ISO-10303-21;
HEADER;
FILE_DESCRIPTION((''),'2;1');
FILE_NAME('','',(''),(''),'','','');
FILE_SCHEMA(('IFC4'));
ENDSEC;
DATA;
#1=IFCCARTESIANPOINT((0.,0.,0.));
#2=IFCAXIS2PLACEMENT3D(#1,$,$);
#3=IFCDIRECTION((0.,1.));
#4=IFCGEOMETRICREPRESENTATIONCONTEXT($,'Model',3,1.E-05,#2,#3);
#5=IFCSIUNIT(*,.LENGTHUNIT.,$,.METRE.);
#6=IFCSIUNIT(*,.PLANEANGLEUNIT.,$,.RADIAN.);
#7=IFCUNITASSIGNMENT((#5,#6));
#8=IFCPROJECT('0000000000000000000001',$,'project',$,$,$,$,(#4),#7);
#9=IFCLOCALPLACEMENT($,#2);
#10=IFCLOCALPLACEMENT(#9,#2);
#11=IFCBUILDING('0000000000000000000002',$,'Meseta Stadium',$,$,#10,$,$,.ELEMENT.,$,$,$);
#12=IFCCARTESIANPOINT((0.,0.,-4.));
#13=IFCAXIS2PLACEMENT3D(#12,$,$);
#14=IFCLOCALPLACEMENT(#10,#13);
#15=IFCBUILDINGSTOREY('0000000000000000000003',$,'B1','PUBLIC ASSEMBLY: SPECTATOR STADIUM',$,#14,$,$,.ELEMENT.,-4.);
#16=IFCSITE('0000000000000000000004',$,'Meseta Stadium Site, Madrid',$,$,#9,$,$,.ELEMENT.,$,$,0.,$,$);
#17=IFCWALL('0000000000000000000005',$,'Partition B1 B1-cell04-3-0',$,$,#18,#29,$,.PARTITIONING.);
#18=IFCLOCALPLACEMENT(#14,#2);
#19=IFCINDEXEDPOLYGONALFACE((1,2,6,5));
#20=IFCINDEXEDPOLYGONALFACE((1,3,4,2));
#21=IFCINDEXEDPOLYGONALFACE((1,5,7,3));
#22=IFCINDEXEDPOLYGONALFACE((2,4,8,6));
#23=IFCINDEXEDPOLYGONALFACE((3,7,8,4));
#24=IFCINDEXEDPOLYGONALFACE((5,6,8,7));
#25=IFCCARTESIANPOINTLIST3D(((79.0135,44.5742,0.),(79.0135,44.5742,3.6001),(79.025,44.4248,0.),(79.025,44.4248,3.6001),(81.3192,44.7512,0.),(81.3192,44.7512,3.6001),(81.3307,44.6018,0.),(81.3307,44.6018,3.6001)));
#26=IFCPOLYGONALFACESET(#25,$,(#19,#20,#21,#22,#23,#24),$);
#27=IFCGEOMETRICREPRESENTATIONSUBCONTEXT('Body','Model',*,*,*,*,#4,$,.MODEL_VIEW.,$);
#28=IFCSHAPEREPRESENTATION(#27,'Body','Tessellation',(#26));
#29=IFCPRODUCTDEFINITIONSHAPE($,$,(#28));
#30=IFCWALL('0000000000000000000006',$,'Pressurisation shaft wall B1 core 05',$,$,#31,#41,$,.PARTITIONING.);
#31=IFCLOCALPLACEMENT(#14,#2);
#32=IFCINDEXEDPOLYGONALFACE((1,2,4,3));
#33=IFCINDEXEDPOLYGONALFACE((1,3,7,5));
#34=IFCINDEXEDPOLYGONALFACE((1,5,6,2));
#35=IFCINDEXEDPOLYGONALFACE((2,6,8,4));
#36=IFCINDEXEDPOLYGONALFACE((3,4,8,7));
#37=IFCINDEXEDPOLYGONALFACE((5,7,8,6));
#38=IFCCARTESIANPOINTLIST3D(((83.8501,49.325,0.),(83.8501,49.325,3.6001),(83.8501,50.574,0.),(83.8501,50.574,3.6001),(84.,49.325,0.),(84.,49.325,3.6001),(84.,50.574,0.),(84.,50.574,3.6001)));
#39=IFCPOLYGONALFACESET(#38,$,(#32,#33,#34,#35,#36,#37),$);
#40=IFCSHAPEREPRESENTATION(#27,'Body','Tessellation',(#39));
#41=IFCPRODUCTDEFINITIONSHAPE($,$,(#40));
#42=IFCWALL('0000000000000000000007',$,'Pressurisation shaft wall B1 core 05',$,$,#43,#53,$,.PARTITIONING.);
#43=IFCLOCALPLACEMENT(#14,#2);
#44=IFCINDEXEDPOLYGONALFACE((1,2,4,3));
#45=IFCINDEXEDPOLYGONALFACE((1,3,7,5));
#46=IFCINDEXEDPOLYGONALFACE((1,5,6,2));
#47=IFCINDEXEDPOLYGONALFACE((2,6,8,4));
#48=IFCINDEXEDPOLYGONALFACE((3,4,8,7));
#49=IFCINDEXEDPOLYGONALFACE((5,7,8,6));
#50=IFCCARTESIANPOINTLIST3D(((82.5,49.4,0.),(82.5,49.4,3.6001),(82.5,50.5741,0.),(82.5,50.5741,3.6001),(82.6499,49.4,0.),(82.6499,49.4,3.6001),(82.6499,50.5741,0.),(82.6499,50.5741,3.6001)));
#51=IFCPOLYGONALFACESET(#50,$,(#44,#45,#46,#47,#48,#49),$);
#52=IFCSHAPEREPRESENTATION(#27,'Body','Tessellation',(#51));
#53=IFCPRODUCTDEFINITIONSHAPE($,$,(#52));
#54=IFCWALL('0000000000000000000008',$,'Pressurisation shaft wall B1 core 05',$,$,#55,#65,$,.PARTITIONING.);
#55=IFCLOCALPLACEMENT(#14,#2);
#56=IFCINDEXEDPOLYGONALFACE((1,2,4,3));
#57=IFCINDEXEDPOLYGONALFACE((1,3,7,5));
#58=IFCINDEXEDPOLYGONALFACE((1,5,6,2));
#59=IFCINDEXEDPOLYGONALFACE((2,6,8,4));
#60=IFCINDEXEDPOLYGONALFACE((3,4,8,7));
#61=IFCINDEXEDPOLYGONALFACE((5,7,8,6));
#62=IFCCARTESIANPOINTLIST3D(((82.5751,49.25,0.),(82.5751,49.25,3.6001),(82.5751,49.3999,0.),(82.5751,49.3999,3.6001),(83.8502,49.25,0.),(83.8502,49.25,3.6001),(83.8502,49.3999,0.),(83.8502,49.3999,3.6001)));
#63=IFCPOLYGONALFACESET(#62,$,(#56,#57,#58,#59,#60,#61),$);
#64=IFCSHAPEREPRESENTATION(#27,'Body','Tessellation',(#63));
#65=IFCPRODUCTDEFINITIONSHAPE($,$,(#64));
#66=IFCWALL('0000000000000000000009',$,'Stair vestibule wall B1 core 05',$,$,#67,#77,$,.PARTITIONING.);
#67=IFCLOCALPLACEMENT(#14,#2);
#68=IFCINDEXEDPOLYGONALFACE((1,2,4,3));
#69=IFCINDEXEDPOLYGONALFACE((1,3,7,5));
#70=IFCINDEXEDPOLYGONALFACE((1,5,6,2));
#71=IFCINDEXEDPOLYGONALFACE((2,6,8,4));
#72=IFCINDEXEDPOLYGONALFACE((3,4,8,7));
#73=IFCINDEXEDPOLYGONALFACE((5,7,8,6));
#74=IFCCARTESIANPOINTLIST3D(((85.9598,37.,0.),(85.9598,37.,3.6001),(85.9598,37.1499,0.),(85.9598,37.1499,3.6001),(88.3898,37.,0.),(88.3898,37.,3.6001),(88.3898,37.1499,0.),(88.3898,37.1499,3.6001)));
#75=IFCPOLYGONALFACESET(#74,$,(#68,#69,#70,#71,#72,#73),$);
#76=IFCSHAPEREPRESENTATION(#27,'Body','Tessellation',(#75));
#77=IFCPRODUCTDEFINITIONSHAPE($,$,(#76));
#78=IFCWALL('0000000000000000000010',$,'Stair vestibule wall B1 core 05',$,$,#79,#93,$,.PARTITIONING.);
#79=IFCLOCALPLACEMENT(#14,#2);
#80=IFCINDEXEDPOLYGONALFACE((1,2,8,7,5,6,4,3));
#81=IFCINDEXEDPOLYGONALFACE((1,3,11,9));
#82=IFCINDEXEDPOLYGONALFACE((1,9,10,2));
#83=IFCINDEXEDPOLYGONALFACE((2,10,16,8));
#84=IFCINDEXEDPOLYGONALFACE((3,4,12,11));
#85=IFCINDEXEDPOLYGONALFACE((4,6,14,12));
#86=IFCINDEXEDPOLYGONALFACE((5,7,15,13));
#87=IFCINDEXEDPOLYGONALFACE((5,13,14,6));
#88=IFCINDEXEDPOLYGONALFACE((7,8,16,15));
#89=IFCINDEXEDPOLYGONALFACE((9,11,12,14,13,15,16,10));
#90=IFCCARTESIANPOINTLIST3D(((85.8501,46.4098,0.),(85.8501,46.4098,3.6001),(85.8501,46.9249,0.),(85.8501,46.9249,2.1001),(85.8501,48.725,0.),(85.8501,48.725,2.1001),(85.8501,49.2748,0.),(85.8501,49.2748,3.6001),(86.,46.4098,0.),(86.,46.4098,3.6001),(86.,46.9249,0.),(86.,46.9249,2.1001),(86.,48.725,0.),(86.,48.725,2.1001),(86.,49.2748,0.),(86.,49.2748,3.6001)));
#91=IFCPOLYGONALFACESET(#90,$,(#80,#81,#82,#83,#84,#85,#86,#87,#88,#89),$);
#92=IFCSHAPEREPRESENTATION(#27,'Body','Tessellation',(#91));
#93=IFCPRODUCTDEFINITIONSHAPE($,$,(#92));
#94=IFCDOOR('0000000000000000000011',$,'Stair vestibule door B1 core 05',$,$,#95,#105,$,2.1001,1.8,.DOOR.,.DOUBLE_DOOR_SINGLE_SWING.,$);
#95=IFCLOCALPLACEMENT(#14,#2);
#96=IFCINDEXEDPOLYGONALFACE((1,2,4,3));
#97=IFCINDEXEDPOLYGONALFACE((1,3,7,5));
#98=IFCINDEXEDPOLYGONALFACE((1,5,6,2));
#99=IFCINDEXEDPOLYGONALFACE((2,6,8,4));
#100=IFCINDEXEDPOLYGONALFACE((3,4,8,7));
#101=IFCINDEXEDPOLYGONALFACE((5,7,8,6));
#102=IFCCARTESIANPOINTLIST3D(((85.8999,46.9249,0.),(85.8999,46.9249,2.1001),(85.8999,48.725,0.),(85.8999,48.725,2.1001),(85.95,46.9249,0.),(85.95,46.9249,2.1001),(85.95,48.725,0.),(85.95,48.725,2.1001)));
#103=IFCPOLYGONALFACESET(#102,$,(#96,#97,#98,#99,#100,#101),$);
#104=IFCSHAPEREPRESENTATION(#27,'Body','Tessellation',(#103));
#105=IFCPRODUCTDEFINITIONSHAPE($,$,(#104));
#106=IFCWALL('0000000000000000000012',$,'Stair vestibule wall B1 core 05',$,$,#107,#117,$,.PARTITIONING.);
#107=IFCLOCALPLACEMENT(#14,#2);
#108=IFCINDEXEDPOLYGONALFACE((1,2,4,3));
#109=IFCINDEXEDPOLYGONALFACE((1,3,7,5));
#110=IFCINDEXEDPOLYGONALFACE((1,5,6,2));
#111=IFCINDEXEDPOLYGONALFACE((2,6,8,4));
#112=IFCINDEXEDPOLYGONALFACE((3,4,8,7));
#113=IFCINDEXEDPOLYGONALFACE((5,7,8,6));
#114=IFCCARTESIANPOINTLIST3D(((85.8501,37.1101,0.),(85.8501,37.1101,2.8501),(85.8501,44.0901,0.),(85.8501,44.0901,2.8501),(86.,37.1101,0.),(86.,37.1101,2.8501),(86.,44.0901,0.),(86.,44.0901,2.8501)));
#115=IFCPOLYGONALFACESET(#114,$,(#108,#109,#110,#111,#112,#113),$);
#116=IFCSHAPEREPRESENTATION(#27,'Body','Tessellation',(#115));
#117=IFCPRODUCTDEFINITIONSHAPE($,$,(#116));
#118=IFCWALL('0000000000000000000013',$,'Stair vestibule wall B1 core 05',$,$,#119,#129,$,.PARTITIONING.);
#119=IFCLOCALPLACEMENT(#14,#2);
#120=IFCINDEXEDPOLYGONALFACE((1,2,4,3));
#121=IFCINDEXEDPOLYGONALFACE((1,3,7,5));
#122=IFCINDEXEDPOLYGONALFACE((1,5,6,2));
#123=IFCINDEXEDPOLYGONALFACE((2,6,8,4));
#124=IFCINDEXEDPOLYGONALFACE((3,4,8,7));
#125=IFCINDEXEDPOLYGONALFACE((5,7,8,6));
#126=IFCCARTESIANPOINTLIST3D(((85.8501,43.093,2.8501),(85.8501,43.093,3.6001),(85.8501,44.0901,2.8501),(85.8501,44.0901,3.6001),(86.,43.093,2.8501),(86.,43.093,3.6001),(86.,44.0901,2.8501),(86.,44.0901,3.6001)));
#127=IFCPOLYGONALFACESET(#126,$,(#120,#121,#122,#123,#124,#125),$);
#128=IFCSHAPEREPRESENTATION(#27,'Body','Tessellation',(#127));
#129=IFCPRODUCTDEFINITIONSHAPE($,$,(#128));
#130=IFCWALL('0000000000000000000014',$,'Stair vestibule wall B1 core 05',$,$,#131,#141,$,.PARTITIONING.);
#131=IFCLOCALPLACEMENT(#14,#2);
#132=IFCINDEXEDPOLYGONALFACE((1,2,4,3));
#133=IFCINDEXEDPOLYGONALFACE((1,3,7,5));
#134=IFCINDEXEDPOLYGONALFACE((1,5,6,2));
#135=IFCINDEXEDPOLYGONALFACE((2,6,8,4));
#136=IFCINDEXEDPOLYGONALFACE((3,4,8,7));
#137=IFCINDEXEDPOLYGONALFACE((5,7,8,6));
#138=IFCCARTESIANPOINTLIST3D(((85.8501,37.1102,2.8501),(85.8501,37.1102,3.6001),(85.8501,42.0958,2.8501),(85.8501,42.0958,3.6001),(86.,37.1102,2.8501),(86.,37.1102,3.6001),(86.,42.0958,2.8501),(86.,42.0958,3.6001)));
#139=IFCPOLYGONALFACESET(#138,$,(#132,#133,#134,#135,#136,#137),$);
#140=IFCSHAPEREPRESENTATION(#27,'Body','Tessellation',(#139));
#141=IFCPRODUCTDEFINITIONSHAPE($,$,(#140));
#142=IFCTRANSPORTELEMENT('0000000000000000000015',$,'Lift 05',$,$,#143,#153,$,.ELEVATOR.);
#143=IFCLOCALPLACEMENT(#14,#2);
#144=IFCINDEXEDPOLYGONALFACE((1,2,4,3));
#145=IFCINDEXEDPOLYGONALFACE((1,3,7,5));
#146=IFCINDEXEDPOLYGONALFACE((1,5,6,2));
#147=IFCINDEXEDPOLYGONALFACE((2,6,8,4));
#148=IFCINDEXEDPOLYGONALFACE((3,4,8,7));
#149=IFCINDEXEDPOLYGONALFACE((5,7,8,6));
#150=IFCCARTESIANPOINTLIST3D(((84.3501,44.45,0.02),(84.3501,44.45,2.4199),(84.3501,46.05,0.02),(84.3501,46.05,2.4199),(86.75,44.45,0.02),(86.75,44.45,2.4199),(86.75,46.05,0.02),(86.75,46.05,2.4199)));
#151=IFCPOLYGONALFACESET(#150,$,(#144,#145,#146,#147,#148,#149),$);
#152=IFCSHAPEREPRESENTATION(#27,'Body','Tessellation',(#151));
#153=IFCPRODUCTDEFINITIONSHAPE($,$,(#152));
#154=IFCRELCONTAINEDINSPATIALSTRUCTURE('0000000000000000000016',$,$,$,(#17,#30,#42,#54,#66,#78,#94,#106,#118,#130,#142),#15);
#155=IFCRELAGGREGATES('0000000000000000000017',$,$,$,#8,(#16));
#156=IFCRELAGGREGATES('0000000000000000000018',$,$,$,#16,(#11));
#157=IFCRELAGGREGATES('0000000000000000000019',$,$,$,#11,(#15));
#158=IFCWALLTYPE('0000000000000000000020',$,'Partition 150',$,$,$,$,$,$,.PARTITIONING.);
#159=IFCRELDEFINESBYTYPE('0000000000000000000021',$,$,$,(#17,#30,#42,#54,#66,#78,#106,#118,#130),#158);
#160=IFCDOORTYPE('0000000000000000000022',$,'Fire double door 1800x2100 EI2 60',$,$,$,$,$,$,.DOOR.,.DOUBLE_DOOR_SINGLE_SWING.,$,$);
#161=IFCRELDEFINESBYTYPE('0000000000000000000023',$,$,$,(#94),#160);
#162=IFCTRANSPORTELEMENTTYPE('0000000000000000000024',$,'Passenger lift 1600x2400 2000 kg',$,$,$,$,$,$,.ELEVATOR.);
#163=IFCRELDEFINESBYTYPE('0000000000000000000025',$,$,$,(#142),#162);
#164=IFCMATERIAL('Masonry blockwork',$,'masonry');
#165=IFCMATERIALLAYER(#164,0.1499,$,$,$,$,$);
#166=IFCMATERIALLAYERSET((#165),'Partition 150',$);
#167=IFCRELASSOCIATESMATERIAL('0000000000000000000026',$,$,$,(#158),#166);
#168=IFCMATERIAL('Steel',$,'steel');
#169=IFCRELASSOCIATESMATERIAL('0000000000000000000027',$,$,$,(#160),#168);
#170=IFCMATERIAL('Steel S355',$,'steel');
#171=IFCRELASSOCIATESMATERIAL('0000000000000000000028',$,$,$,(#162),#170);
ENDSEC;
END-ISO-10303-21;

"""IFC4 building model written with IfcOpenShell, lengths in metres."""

from ifc_helpers import new_model, si_unit, direction, frame, frame_2d, origin, origin_2d, place, context, subcontext, project, spatial, rectangle, extrude, material, layer, layer_set, type_object, element, fill, save


model = new_model("IFC4")

# Units and contexts
model_context = context("Model", 3, precision=1e-05, world=origin(), true_north=direction((0.0, 1.0)))
body_context = subcontext(model_context, "Body", "Model", "MODEL_VIEW")
ifc_project = project(units=[si_unit("LENGTHUNIT", "METRE"), si_unit("PLANEANGLEUNIT", "RADIAN")], contexts=[model_context])

# Site, building, storey
site_placement = place(None, origin())
site = spatial("IfcSite", under=ifc_project, at=site_placement, Name="Meseta Stadium Site, Madrid", CompositionType="ELEMENT", RefElevation=0.0)
building_placement = place(site_placement, origin())
building = spatial("IfcBuilding", under=site, at=building_placement, Name="Meseta Stadium", CompositionType="ELEMENT")
storey_placement = place(building_placement, frame((0.0, 0.0, -4.0)))
storey = spatial("IfcBuildingStorey", under=building, at=storey_placement, Name="B1", Description="PUBLIC ASSEMBLY: SPECTATOR STADIUM", CompositionType="ELEMENT", Elevation=-4.0)

# Walls
ifc_material_1 = material(Name="Masonry blockwork", Category="masonry")
ifc_layer_1 = layer(ifc_material_1, 0.1499)
ifc_layer_set_1 = layer_set([ifc_layer_1], Name="Partition 150")
wall_type_1 = type_object("IfcWallType", Name="Partition 150", PredefinedType="PARTITIONING", material=ifc_layer_set_1)
wall_1_placement = place(storey_placement, frame((81.325, 44.6765, 0.0), z_axis=(0.0, 0.0, 1.0), x_axis=(-0.997066, -0.076543, 0.0)))
element("IfcWall", 1, at=wall_1_placement, inside=storey, type_object=wall_type_1, Name="Partition B1 B1-cell04-3-0", PredefinedType="PARTITIONING", context=body_context, shape_type="SweptSolid", body=[
    extrude(rectangle(XDim=2.3125, YDim=0.1499, at=frame_2d((1.1562, 0.0))), origin(), (0.0, 0.0, 1.0), 3.6001),
])
wall_2_placement = place(storey_placement, frame((83.925, 49.325, 0.0), z_axis=(0.0, 0.0, 1.0), x_axis=(0.0, 1.0, 0.0)))
element("IfcWall", 2, at=wall_2_placement, inside=storey, type_object=wall_type_1, Name="Pressurisation shaft wall B1 core 05", PredefinedType="PARTITIONING", context=body_context, shape_type="SweptSolid", body=[
    extrude(rectangle(XDim=1.249, YDim=0.1499, at=frame_2d((0.6245, 0.0))), origin(), (0.0, 0.0, 1.0), 3.6001),
])
wall_3_placement = place(storey_placement, frame((82.575, 50.574, 0.0), z_axis=(0.0, 0.0, 1.0), x_axis=(0.0, -1.0, 0.0)))
element("IfcWall", 3, at=wall_3_placement, inside=storey, type_object=wall_type_1, Name="Pressurisation shaft wall B1 core 05", PredefinedType="PARTITIONING", context=body_context, shape_type="SweptSolid", body=[
    extrude(rectangle(XDim=1.1741, YDim=0.1499, at=frame_2d((0.5869, 0.0))), origin(), (0.0, 0.0, 1.0), 3.6001),
])
wall_4_placement = place(storey_placement, frame((82.575, 49.325, 0.0), z_axis=(0.0, 0.0, 1.0), x_axis=(1.0, 0.0, 0.0)))
element("IfcWall", 4, at=wall_4_placement, inside=storey, type_object=wall_type_1, Name="Pressurisation shaft wall B1 core 05", PredefinedType="PARTITIONING", context=body_context, shape_type="SweptSolid", body=[
    extrude(rectangle(XDim=1.2751, YDim=0.1499, at=frame_2d((0.6377, 0.0))), origin(), (0.0, 0.0, 1.0), 3.6001),
])
wall_5_placement = place(storey_placement, frame((85.96, 37.075, 0.0), z_axis=(0.0, 0.0, 1.0), x_axis=(1.0, 0.0, 0.0)))
element("IfcWall", 5, at=wall_5_placement, inside=storey, type_object=wall_type_1, Name="Stair vestibule wall B1 core 05", PredefinedType="PARTITIONING", context=body_context, shape_type="SweptSolid", body=[
    extrude(rectangle(XDim=2.4299, YDim=0.1499, at=frame_2d((1.2148, 0.0))), origin(), (0.0, 0.0, 1.0), 3.6001),
])

# Wall, opening, door
wall_6_placement = place(storey_placement, frame((85.925, 49.2749, 0.0), z_axis=(0.0, 0.0, 1.0), x_axis=(0.0, -1.0, 0.0)))
wall_6 = element("IfcWall", 6, at=wall_6_placement, inside=storey, type_object=wall_type_1, Name="Stair vestibule wall B1 core 05", PredefinedType="PARTITIONING", context=body_context, shape_type="SweptSolid", body=[
    extrude(rectangle(XDim=2.865, YDim=0.1499, at=frame_2d((1.4326, 0.0))), origin(), (0.0, 0.0, 1.0), 3.6001),
])
opening_1_placement = place(wall_6_placement, frame((0.55, 0.0, 0.0)))
opening_1 = element("IfcOpeningElement", 7, at=opening_1_placement, cuts=wall_6, PredefinedType="OPENING", context=body_context, shape_type="SweptSolid", body=[
    extrude(rectangle(XDim=1.8, YDim=2.1001, at=frame_2d((0.8999, 1.05))), frame((0.0, 0.085, 0.0), z_axis=(0.0, -1.0, 0.0), x_axis=(1.0, 0.0, 0.0)), (0.0, 0.0, 1.0), 0.1699),
])
ifc_material_2 = material(Name="Steel", Category="steel")
door_type_1 = type_object("IfcDoorType", Name="Fire double door 1800x2100 EI2 60", OperationType="DOUBLE_DOOR_SINGLE_SWING", PredefinedType="DOOR", material=ifc_material_2)
door_1_placement = place(opening_1_placement, origin())
door_1 = element("IfcDoor", 8, at=door_1_placement, inside=storey, type_object=door_type_1, Name="Stair vestibule door B1 core 05", OperationType="DOUBLE_DOOR_SINGLE_SWING", OverallHeight=2.1001, OverallWidth=1.8, PredefinedType="DOOR", context=body_context, shape_type="SweptSolid", body=[
    extrude(rectangle(XDim=1.8, YDim=2.1001, at=frame_2d((0.8999, 1.05))), frame((0.0, 0.0249, 0.0), z_axis=(0.0, -1.0, 0.0), x_axis=(1.0, 0.0, 0.0)), (0.0, 0.0, 1.0), 0.05),
])
fill(opening_1, door_1)

# Walls
wall_7_placement = place(storey_placement, frame((85.925, 44.0901, 0.0), z_axis=(0.0, 0.0, 1.0), x_axis=(0.0, -1.0, 0.0)))
element("IfcWall", 9, at=wall_7_placement, inside=storey, type_object=wall_type_1, Name="Stair vestibule wall B1 core 05", PredefinedType="PARTITIONING", context=body_context, shape_type="SweptSolid", body=[
    extrude(rectangle(XDim=6.98, YDim=0.1499, at=frame_2d((3.49, 0.0))), origin(), (0.0, 0.0, 1.0), 2.8501),
])
wall_8_placement = place(storey_placement, frame((85.925, 44.0901, 2.8501), z_axis=(0.0, 0.0, 1.0), x_axis=(0.0, -1.0, 0.0)))
element("IfcWall", 10, at=wall_8_placement, inside=storey, type_object=wall_type_1, Name="Stair vestibule wall B1 core 05", PredefinedType="PARTITIONING", context=body_context, shape_type="SweptSolid", body=[
    extrude(rectangle(XDim=0.9971, YDim=0.1499, at=frame_2d((0.4985, 0.0))), origin(), (0.0, 0.0, 1.0), 0.75),
])
wall_9_placement = place(storey_placement, frame((85.925, 42.0957, 2.8501), z_axis=(0.0, 0.0, 1.0), x_axis=(0.0, -1.0, 0.0)))
element("IfcWall", 11, at=wall_9_placement, inside=storey, type_object=wall_type_1, Name="Stair vestibule wall B1 core 05", PredefinedType="PARTITIONING", context=body_context, shape_type="SweptSolid", body=[
    extrude(rectangle(XDim=4.9856, YDim=0.1499, at=frame_2d((2.4927, 0.0))), origin(), (0.0, 0.0, 1.0), 0.75),
])

# Transport element
ifc_material_3 = material(Name="Steel S355", Category="steel")
transport_element_type = type_object("IfcTransportElementType", Name="Passenger lift 1600x2400 2000 kg", PredefinedType="ELEVATOR", material=ifc_material_3)
transport_element_placement = place(storey_placement, frame((85.55, 45.25, 0.02), z_axis=(0.0, 0.0, 1.0), x_axis=(-1.0, 0.0, 0.0)))
element("IfcTransportElement", 12, at=transport_element_placement, inside=storey, type_object=transport_element_type, Name="Lift 05", PredefinedType="ELEVATOR", context=body_context, shape_type="SweptSolid", body=[
    extrude(rectangle(XDim=2.3999, YDim=1.6001, at=origin_2d()), origin(), (0.0, 0.0, 1.0), 2.3999),
])

save(model, "model.ifc")
